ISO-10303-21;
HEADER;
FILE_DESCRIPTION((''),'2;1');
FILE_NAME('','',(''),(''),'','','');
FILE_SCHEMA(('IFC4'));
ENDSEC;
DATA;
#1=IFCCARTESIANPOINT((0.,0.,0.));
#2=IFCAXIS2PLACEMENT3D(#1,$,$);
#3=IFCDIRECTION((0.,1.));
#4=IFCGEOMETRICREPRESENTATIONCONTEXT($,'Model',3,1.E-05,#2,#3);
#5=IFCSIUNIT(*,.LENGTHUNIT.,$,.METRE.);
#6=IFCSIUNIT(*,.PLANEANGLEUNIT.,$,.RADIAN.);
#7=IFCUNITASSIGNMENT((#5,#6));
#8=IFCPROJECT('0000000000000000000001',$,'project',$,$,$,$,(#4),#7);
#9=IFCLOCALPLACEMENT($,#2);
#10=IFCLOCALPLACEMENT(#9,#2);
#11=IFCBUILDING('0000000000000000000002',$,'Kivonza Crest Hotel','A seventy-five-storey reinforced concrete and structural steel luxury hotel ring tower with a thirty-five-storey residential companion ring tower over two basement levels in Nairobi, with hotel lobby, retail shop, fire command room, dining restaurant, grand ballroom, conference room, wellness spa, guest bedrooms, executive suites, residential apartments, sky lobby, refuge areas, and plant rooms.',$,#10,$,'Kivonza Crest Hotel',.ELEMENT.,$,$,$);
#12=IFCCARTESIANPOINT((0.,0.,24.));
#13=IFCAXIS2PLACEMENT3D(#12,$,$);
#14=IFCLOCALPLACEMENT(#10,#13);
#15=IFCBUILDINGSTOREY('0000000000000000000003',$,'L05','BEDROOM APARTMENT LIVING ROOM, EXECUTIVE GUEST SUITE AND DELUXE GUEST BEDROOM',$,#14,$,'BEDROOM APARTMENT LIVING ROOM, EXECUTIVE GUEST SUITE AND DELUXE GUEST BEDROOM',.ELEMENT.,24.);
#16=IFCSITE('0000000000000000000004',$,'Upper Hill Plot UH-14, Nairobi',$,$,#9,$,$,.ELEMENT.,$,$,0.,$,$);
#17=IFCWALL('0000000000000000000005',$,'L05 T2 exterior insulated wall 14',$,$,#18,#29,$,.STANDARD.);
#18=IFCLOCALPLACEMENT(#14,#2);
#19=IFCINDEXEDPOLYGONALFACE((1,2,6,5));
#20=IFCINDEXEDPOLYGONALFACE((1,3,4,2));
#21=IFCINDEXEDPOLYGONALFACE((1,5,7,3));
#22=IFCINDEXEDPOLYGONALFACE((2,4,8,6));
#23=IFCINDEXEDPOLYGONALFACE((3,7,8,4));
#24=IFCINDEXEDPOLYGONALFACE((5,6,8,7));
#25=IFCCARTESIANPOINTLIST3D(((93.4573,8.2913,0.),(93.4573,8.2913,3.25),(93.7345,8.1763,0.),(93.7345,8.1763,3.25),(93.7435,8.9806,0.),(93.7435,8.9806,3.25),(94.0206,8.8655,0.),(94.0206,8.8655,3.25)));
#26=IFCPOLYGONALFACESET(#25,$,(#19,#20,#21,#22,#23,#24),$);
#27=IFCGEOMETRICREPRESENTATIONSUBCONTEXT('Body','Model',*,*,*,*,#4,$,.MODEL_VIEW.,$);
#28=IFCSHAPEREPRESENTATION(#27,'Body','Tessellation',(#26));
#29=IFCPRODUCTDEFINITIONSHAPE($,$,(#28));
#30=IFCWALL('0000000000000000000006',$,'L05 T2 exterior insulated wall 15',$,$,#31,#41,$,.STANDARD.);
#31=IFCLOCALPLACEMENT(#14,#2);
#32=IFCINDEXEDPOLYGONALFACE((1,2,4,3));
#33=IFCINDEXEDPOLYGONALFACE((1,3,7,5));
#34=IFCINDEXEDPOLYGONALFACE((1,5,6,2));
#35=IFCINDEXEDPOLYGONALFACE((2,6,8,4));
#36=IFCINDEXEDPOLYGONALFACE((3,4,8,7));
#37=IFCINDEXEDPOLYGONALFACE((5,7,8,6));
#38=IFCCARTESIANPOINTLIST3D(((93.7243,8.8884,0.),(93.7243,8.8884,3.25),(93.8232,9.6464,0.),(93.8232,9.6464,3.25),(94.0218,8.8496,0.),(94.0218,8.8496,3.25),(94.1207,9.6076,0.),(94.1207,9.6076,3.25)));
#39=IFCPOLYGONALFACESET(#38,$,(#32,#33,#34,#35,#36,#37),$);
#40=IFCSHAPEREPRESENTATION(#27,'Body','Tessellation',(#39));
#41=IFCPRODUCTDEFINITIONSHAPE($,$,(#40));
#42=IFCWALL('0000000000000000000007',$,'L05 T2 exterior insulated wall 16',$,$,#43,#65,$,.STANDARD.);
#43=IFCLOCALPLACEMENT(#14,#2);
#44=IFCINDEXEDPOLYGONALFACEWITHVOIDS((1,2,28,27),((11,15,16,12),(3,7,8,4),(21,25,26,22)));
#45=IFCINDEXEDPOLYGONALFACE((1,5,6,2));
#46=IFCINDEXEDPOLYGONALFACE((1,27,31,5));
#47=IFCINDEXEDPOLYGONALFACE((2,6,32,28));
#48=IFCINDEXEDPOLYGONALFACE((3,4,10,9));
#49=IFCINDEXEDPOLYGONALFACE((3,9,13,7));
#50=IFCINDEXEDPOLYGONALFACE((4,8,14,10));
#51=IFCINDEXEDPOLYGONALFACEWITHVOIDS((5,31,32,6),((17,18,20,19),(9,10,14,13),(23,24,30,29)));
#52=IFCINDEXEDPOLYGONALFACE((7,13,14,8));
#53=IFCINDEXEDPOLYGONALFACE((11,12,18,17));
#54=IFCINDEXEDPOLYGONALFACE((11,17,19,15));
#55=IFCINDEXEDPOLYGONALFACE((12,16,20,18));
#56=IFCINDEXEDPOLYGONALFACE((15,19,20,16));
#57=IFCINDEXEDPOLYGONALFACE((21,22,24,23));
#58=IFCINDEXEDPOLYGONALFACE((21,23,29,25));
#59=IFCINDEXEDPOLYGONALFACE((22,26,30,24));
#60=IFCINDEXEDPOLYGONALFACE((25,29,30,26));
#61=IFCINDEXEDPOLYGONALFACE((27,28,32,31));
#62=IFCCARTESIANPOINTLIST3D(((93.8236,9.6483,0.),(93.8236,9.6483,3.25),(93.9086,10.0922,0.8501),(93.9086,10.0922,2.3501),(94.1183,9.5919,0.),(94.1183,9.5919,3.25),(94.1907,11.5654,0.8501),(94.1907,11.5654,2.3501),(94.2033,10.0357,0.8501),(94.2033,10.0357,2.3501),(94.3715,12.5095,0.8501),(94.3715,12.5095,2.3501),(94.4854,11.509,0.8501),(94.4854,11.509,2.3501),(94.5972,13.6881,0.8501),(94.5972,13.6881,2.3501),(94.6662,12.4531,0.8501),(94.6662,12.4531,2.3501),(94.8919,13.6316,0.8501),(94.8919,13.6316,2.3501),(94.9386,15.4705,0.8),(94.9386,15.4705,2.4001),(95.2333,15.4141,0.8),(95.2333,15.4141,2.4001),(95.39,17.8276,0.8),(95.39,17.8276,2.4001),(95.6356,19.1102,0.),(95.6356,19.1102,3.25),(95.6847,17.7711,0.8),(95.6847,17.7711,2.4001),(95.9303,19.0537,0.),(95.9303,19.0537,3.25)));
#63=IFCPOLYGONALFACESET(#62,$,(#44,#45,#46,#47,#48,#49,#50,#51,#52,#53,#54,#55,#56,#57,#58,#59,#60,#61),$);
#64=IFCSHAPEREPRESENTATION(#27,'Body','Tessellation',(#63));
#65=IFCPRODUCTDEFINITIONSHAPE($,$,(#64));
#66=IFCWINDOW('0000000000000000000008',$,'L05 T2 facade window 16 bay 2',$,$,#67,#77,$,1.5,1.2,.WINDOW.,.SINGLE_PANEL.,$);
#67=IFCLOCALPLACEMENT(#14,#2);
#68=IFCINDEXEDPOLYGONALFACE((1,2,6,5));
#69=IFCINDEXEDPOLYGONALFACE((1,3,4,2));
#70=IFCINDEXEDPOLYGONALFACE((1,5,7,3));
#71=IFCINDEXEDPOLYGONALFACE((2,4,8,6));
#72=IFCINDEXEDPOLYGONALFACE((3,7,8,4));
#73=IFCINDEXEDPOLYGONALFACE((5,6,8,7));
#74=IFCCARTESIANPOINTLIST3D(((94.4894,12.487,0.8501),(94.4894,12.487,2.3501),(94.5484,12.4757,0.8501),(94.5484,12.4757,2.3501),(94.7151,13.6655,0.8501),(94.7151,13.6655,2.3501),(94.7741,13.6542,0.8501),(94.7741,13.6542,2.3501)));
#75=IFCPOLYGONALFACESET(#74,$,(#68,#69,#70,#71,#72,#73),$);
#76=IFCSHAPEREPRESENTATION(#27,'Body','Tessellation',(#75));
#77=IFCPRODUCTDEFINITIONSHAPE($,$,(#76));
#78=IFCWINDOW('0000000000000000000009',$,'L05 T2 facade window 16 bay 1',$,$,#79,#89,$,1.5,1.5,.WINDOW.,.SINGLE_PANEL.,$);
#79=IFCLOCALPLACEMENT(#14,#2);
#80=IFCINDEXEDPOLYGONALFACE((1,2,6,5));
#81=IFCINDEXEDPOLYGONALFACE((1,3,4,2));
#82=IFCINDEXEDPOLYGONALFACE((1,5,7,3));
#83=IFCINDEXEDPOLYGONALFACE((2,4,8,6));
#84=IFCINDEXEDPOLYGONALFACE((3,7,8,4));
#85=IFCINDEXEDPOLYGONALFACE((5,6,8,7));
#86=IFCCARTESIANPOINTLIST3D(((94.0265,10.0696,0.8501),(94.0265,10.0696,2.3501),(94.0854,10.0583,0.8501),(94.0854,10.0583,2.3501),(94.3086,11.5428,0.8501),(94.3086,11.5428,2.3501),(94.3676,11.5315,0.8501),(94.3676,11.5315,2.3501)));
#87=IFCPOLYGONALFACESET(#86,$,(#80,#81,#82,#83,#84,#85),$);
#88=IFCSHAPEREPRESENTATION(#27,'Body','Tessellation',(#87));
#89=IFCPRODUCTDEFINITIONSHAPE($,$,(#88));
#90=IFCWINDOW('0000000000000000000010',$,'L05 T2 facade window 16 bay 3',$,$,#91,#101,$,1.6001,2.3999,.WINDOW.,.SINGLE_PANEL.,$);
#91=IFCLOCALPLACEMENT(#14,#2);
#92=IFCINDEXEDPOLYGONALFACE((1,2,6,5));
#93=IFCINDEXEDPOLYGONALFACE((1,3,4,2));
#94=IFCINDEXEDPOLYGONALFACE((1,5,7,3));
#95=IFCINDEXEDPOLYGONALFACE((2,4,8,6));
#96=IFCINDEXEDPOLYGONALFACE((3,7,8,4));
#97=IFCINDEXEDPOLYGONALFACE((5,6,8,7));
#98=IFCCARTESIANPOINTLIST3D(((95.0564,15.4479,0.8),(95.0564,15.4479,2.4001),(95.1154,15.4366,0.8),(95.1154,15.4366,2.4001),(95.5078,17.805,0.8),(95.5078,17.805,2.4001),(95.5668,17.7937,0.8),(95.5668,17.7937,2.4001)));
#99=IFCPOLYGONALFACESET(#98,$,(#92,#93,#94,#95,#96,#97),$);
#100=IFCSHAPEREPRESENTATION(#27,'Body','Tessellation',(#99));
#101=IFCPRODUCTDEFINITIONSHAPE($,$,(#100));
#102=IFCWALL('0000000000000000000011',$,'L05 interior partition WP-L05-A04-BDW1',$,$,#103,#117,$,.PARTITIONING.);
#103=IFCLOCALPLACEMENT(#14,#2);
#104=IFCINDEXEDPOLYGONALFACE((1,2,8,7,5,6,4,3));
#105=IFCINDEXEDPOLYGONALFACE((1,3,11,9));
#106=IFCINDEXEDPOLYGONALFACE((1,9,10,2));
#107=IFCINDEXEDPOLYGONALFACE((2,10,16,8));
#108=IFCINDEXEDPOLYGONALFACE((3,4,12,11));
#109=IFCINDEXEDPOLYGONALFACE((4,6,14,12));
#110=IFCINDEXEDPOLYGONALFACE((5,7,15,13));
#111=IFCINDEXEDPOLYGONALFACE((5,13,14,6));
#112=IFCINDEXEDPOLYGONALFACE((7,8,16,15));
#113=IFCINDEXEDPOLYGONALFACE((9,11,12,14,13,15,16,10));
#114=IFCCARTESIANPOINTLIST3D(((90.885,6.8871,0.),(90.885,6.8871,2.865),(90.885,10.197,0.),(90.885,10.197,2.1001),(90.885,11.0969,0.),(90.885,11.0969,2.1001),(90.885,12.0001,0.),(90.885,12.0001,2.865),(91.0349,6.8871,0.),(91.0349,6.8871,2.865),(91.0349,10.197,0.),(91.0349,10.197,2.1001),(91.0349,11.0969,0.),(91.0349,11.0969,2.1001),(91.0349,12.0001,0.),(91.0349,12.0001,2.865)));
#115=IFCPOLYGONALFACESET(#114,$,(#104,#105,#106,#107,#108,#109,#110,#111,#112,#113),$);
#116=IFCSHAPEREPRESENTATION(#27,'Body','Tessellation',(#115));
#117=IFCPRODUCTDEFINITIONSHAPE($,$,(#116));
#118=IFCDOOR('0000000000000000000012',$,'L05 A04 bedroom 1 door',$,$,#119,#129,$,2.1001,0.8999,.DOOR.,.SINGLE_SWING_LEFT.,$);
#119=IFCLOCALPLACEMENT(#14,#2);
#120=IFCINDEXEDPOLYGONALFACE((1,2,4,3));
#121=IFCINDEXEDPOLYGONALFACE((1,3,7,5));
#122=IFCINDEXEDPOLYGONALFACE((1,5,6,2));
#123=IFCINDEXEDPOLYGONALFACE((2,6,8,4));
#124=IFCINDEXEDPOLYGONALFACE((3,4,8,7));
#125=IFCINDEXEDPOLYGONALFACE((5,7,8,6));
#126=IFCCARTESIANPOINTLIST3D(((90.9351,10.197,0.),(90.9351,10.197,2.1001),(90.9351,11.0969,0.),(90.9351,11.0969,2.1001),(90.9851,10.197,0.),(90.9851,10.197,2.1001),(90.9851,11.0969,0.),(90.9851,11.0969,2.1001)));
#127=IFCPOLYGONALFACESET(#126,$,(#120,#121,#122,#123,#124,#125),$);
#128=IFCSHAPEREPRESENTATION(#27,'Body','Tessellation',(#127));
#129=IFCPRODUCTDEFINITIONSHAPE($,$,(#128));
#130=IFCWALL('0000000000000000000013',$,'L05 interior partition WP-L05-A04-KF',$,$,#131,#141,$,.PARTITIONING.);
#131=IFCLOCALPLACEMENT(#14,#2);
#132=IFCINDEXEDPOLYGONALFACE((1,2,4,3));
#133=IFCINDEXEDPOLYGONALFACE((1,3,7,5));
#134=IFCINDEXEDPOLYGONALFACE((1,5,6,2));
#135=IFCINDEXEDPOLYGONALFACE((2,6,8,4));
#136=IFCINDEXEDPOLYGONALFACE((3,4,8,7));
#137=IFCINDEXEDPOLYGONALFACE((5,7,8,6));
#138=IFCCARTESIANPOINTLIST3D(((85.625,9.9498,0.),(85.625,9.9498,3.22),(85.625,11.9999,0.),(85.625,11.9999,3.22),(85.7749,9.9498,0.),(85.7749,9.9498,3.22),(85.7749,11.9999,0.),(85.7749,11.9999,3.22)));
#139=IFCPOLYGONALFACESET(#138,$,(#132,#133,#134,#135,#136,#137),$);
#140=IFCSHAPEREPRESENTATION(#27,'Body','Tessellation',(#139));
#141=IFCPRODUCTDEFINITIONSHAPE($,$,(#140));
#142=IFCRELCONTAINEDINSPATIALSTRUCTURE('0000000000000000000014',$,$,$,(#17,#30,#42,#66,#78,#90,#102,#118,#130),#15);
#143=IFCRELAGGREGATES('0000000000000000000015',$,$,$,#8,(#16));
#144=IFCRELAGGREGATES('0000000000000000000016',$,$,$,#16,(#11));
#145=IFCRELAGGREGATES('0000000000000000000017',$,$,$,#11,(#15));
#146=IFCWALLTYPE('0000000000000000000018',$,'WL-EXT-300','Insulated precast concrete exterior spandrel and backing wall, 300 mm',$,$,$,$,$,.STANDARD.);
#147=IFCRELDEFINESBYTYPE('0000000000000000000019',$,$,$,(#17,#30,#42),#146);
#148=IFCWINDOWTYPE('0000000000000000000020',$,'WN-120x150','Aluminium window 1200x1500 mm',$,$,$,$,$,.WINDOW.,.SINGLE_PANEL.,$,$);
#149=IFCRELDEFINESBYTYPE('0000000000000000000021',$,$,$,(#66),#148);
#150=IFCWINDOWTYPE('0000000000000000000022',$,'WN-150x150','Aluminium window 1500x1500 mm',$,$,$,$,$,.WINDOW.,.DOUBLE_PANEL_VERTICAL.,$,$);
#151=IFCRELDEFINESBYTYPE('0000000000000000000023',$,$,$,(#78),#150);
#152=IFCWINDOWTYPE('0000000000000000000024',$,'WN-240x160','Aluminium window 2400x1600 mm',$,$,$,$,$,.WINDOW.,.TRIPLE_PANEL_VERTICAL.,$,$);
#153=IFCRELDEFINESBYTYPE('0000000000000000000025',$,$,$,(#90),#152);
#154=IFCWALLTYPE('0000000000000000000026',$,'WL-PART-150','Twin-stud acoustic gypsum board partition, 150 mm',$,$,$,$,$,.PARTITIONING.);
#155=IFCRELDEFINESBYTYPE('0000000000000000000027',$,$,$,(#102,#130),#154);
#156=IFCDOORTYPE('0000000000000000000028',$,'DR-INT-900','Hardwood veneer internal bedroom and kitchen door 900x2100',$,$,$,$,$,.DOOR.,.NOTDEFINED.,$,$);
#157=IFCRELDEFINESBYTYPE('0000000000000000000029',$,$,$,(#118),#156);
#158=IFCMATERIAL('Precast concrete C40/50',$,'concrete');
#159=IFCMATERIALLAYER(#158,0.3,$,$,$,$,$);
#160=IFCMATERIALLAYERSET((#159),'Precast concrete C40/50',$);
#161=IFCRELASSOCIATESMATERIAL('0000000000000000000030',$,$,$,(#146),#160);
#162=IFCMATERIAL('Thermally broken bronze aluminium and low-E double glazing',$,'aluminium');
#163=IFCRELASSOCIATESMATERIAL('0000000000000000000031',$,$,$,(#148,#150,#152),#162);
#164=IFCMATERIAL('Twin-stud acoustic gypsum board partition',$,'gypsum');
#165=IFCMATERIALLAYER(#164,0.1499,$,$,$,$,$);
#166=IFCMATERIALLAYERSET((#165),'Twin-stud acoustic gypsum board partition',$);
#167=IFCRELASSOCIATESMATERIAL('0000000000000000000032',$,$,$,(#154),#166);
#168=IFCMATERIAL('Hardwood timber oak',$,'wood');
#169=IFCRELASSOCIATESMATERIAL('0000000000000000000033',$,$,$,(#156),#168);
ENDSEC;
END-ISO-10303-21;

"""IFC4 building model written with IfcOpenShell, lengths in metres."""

from ifc_helpers import new_model, si_unit, direction, frame, frame_2d, origin, place, context, subcontext, project, spatial, rectangle, extrude, material, layer, layer_set, type_object, element, fill, save


model = new_model("IFC4")

# Units and contexts
model_context = context("Model", 3, precision=1e-05, world=origin(), true_north=direction((0.0, 1.0)))
body_context = subcontext(model_context, "Body", "Model", "MODEL_VIEW")
ifc_project = project(units=[si_unit("LENGTHUNIT", "METRE"), si_unit("PLANEANGLEUNIT", "RADIAN")], contexts=[model_context])

# Site, building, storey
site_placement = place(None, origin())
site = spatial("IfcSite", under=ifc_project, at=site_placement, Name="Upper Hill Plot UH-14, Nairobi", CompositionType="ELEMENT", RefElevation=0.0)
building_placement = place(site_placement, origin())
building = spatial("IfcBuilding", under=site, at=building_placement, Name="Kivonza Crest Hotel", Description="A seventy-five-storey reinforced concrete and structural steel luxury hotel ring tower with a thirty-five-storey residential companion ring tower over two basement levels in Nairobi, with hotel lobby, retail shop, fire command room, dining restaurant, grand ballroom, conference room, wellness spa, guest bedrooms, executive suites, residential apartments, sky lobby, refuge areas, and plant rooms.", LongName="Kivonza Crest Hotel", CompositionType="ELEMENT")
storey_placement = place(building_placement, frame((0.0, 0.0, 24.0)))
storey = spatial("IfcBuildingStorey", under=building, at=storey_placement, Name="L05", Description="BEDROOM APARTMENT LIVING ROOM, EXECUTIVE GUEST SUITE AND DELUXE GUEST BEDROOM", LongName="BEDROOM APARTMENT LIVING ROOM, EXECUTIVE GUEST SUITE AND DELUXE GUEST BEDROOM", CompositionType="ELEMENT", Elevation=24.0)

# Shared definitions
ifc_material_1 = material(Name="Hardwood timber oak", Category="wood")

# Walls
ifc_material_2 = material(Name="Precast concrete C40/50", Category="concrete")
ifc_layer_1 = layer(ifc_material_2, 0.3)
ifc_layer_set_1 = layer_set([ifc_layer_1], Name="Precast concrete C40/50")
wall_type_1 = type_object("IfcWallType", Name="WL-EXT-300", Description="Insulated precast concrete exterior spandrel and backing wall, 300 mm", PredefinedType="STANDARD", material=ifc_layer_set_1)
wall_1_placement = place(storey_placement, frame((93.5959, 8.2339, 0.0), z_axis=(0.0, 0.0, 1.0), x_axis=(0.38343, 0.92357, 0.0)))
element("IfcWall", 1, at=wall_1_placement, inside=storey, type_object=wall_type_1, Name="L05 T2 exterior insulated wall 14", PredefinedType="STANDARD", context=body_context, shape_type="SweptSolid", body=[
    extrude(rectangle(XDim=0.7463, YDim=0.3, at=frame_2d((0.373, 0.0))), origin(), (0.0, 0.0, 1.0), 3.25),
])
wall_2_placement = place(storey_placement, frame((93.873, 8.8689, 0.0), z_axis=(0.0, 0.0, 1.0), x_axis=(0.129339, 0.9916, 0.0)))
element("IfcWall", 2, at=wall_2_placement, inside=storey, type_object=wall_type_1, Name="L05 T2 exterior insulated wall 15", PredefinedType="STANDARD", context=body_context, shape_type="SweptSolid", body=[
    extrude(rectangle(XDim=0.7644, YDim=0.3, at=frame_2d((0.3823, 0.0))), origin(), (0.0, 0.0, 1.0), 3.25),
])

# Wall, openings, windows
wall_3_placement = place(storey_placement, frame((93.9709, 9.6201, 0.0), z_axis=(0.0, 0.0, 1.0), x_axis=(0.188088, 0.982152, 0.0)))
wall_3 = element("IfcWall", 3, at=wall_3_placement, inside=storey, type_object=wall_type_1, Name="L05 T2 exterior insulated wall 16", PredefinedType="STANDARD", context=body_context, shape_type="SweptSolid", body=[
    extrude(rectangle(XDim=9.6338, YDim=0.3, at=frame_2d((4.8169, 0.0))), origin(), (0.0, 0.0, 1.0), 3.25),
])
opening_1_placement = place(wall_3_placement, frame((0.4519, 0.0, 0.8501)))
opening_1 = element("IfcOpeningElement", 4, at=opening_1_placement, cuts=wall_3, PredefinedType="OPENING", context=body_context, shape_type="SweptSolid", body=[
    extrude(rectangle(XDim=1.5, YDim=1.5, at=frame_2d((0.75, 0.75))), frame((0.0, 0.1602, 0.0), z_axis=(0.0, -1.0, 0.0), x_axis=(1.0, 0.0, 0.0)), (0.0, 0.0, 1.0), 0.3201),
])
opening_2_placement = place(wall_3_placement, frame((2.9131, 0.0, 0.8501)))
opening_2 = element("IfcOpeningElement", 5, at=opening_2_placement, cuts=wall_3, PredefinedType="OPENING", context=body_context, shape_type="SweptSolid", body=[
    extrude(rectangle(XDim=1.2, YDim=1.5, at=frame_2d((0.6001, 0.75))), frame((0.0, 0.1602, 0.0), z_axis=(0.0, -1.0, 0.0), x_axis=(1.0, 0.0, 0.0)), (0.0, 0.0, 1.0), 0.3201),
])
opening_3_placement = place(wall_3_placement, frame((5.928, 0.0, 0.8)))
opening_3 = element("IfcOpeningElement", 6, at=opening_3_placement, cuts=wall_3, PredefinedType="OPENING", context=body_context, shape_type="SweptSolid", body=[
    extrude(rectangle(XDim=2.3999, YDim=1.6001, at=frame_2d((1.2, 0.8))), frame((0.0, 0.1602, 0.0), z_axis=(0.0, -1.0, 0.0), x_axis=(1.0, 0.0, 0.0)), (0.0, 0.0, 1.0), 0.3201),
])
ifc_material_3 = material(Name="Thermally broken bronze aluminium and low-E double glazing", Category="aluminium")
window_type_1 = type_object("IfcWindowType", Name="WN-120x150", Description="Aluminium window 1200x1500 mm", PartitioningType="SINGLE_PANEL", PredefinedType="WINDOW", material=ifc_material_3)
window_1_placement = place(opening_2_placement, origin())
window_1 = element("IfcWindow", 7, at=window_1_placement, inside=storey, type_object=window_type_1, Name="L05 T2 facade window 16 bay 2", OverallHeight=1.5, OverallWidth=1.2, PartitioningType="SINGLE_PANEL", PredefinedType="WINDOW", context=body_context, shape_type="SweptSolid", body=[
    extrude(rectangle(XDim=1.2, YDim=1.5, at=frame_2d((0.6001, 0.75))), frame((0.0, 0.03, 0.0), z_axis=(0.0, -1.0, 0.0), x_axis=(1.0, 0.0, 0.0)), (0.0, 0.0, 1.0), 0.0601),
])
fill(opening_2, window_1)
window_type_2 = type_object("IfcWindowType", Name="WN-150x150", Description="Aluminium window 1500x1500 mm", PartitioningType="DOUBLE_PANEL_VERTICAL", PredefinedType="WINDOW", material=ifc_material_3)
window_2_placement = place(opening_1_placement, origin())
window_2 = element("IfcWindow", 8, at=window_2_placement, inside=storey, type_object=window_type_2, Name="L05 T2 facade window 16 bay 1", OverallHeight=1.5, OverallWidth=1.5, PartitioningType="SINGLE_PANEL", PredefinedType="WINDOW", context=body_context, shape_type="SweptSolid", body=[
    extrude(rectangle(XDim=1.5, YDim=1.5, at=frame_2d((0.75, 0.75))), frame((0.0, 0.03, 0.0), z_axis=(0.0, -1.0, 0.0), x_axis=(1.0, 0.0, 0.0)), (0.0, 0.0, 1.0), 0.0601),
])
fill(opening_1, window_2)
window_type_3 = type_object("IfcWindowType", Name="WN-240x160", Description="Aluminium window 2400x1600 mm", PartitioningType="TRIPLE_PANEL_VERTICAL", PredefinedType="WINDOW", material=ifc_material_3)
window_3_placement = place(opening_3_placement, origin())
window_3 = element("IfcWindow", 9, at=window_3_placement, inside=storey, type_object=window_type_3, Name="L05 T2 facade window 16 bay 3", OverallHeight=1.6001, OverallWidth=2.3999, PartitioningType="SINGLE_PANEL", PredefinedType="WINDOW", context=body_context, shape_type="SweptSolid", body=[
    extrude(rectangle(XDim=2.3999, YDim=1.6001, at=frame_2d((1.2, 0.8))), frame((0.0, 0.03, 0.0), z_axis=(0.0, -1.0, 0.0), x_axis=(1.0, 0.0, 0.0)), (0.0, 0.0, 1.0), 0.0601),
])
fill(opening_3, window_3)

# Wall, opening, door
ifc_material_4 = material(Name="Twin-stud acoustic gypsum board partition", Category="gypsum")
ifc_layer_2 = layer(ifc_material_4, 0.1499)
ifc_layer_set_2 = layer_set([ifc_layer_2], Name="Twin-stud acoustic gypsum board partition")
wall_type_2 = type_object("IfcWallType", Name="WL-PART-150", Description="Twin-stud acoustic gypsum board partition, 150 mm", PredefinedType="PARTITIONING", material=ifc_layer_set_2)
wall_4_placement = place(storey_placement, frame((90.96, 6.887, 0.0), z_axis=(0.0, 0.0, 1.0), x_axis=(0.0, 1.0, 0.0)))
wall_4 = element("IfcWall", 10, at=wall_4_placement, inside=storey, type_object=wall_type_2, Name="L05 interior partition WP-L05-A04-BDW1", PredefinedType="PARTITIONING", context=body_context, shape_type="SweptSolid", body=[
    extrude(rectangle(XDim=5.113, YDim=0.1499, at=frame_2d((2.5566, 0.0))), origin(), (0.0, 0.0, 1.0), 2.865),
])
opening_4_placement = place(wall_4_placement, frame((3.3101, 0.0, 0.0)))
opening_4 = element("IfcOpeningElement", 11, at=opening_4_placement, cuts=wall_4, PredefinedType="OPENING", context=body_context, shape_type="SweptSolid", body=[
    extrude(rectangle(XDim=0.8999, YDim=2.1001, at=frame_2d((0.45, 1.05))), frame((0.0, 0.085, 0.0), z_axis=(0.0, -1.0, 0.0), x_axis=(1.0, 0.0, 0.0)), (0.0, 0.0, 1.0), 0.1699),
])
door_type_1 = type_object("IfcDoorType", Name="DR-INT-900", Description="Hardwood veneer internal bedroom and kitchen door 900x2100", OperationType="NOTDEFINED", PredefinedType="DOOR", material=ifc_material_1)
door_1_placement = place(opening_4_placement, origin())
door_1 = element("IfcDoor", 12, at=door_1_placement, inside=storey, type_object=door_type_1, Name="L05 A04 bedroom 1 door", OperationType="SINGLE_SWING_LEFT", OverallHeight=2.1001, OverallWidth=0.8999, PredefinedType="DOOR", context=body_context, shape_type="SweptSolid", body=[
    extrude(rectangle(XDim=0.8999, YDim=2.1001, at=frame_2d((0.45, 1.05))), frame((0.0, 0.0249, 0.0), z_axis=(0.0, -1.0, 0.0), x_axis=(1.0, 0.0, 0.0)), (0.0, 0.0, 1.0), 0.05),
])
fill(opening_4, door_1)

# Wall
wall_5_placement = place(storey_placement, frame((85.7, 9.95, 0.0), z_axis=(0.0, 0.0, 1.0), x_axis=(0.0, 1.0, 0.0)))
element("IfcWall", 13, at=wall_5_placement, inside=storey, type_object=wall_type_2, Name="L05 interior partition WP-L05-A04-KF", PredefinedType="PARTITIONING", context=body_context, shape_type="SweptSolid", body=[
    extrude(rectangle(XDim=2.05, YDim=0.1499, at=frame_2d((1.0249, 0.0))), origin(), (0.0, 0.0, 1.0), 3.22),
])

save(model, "model.ifc")
